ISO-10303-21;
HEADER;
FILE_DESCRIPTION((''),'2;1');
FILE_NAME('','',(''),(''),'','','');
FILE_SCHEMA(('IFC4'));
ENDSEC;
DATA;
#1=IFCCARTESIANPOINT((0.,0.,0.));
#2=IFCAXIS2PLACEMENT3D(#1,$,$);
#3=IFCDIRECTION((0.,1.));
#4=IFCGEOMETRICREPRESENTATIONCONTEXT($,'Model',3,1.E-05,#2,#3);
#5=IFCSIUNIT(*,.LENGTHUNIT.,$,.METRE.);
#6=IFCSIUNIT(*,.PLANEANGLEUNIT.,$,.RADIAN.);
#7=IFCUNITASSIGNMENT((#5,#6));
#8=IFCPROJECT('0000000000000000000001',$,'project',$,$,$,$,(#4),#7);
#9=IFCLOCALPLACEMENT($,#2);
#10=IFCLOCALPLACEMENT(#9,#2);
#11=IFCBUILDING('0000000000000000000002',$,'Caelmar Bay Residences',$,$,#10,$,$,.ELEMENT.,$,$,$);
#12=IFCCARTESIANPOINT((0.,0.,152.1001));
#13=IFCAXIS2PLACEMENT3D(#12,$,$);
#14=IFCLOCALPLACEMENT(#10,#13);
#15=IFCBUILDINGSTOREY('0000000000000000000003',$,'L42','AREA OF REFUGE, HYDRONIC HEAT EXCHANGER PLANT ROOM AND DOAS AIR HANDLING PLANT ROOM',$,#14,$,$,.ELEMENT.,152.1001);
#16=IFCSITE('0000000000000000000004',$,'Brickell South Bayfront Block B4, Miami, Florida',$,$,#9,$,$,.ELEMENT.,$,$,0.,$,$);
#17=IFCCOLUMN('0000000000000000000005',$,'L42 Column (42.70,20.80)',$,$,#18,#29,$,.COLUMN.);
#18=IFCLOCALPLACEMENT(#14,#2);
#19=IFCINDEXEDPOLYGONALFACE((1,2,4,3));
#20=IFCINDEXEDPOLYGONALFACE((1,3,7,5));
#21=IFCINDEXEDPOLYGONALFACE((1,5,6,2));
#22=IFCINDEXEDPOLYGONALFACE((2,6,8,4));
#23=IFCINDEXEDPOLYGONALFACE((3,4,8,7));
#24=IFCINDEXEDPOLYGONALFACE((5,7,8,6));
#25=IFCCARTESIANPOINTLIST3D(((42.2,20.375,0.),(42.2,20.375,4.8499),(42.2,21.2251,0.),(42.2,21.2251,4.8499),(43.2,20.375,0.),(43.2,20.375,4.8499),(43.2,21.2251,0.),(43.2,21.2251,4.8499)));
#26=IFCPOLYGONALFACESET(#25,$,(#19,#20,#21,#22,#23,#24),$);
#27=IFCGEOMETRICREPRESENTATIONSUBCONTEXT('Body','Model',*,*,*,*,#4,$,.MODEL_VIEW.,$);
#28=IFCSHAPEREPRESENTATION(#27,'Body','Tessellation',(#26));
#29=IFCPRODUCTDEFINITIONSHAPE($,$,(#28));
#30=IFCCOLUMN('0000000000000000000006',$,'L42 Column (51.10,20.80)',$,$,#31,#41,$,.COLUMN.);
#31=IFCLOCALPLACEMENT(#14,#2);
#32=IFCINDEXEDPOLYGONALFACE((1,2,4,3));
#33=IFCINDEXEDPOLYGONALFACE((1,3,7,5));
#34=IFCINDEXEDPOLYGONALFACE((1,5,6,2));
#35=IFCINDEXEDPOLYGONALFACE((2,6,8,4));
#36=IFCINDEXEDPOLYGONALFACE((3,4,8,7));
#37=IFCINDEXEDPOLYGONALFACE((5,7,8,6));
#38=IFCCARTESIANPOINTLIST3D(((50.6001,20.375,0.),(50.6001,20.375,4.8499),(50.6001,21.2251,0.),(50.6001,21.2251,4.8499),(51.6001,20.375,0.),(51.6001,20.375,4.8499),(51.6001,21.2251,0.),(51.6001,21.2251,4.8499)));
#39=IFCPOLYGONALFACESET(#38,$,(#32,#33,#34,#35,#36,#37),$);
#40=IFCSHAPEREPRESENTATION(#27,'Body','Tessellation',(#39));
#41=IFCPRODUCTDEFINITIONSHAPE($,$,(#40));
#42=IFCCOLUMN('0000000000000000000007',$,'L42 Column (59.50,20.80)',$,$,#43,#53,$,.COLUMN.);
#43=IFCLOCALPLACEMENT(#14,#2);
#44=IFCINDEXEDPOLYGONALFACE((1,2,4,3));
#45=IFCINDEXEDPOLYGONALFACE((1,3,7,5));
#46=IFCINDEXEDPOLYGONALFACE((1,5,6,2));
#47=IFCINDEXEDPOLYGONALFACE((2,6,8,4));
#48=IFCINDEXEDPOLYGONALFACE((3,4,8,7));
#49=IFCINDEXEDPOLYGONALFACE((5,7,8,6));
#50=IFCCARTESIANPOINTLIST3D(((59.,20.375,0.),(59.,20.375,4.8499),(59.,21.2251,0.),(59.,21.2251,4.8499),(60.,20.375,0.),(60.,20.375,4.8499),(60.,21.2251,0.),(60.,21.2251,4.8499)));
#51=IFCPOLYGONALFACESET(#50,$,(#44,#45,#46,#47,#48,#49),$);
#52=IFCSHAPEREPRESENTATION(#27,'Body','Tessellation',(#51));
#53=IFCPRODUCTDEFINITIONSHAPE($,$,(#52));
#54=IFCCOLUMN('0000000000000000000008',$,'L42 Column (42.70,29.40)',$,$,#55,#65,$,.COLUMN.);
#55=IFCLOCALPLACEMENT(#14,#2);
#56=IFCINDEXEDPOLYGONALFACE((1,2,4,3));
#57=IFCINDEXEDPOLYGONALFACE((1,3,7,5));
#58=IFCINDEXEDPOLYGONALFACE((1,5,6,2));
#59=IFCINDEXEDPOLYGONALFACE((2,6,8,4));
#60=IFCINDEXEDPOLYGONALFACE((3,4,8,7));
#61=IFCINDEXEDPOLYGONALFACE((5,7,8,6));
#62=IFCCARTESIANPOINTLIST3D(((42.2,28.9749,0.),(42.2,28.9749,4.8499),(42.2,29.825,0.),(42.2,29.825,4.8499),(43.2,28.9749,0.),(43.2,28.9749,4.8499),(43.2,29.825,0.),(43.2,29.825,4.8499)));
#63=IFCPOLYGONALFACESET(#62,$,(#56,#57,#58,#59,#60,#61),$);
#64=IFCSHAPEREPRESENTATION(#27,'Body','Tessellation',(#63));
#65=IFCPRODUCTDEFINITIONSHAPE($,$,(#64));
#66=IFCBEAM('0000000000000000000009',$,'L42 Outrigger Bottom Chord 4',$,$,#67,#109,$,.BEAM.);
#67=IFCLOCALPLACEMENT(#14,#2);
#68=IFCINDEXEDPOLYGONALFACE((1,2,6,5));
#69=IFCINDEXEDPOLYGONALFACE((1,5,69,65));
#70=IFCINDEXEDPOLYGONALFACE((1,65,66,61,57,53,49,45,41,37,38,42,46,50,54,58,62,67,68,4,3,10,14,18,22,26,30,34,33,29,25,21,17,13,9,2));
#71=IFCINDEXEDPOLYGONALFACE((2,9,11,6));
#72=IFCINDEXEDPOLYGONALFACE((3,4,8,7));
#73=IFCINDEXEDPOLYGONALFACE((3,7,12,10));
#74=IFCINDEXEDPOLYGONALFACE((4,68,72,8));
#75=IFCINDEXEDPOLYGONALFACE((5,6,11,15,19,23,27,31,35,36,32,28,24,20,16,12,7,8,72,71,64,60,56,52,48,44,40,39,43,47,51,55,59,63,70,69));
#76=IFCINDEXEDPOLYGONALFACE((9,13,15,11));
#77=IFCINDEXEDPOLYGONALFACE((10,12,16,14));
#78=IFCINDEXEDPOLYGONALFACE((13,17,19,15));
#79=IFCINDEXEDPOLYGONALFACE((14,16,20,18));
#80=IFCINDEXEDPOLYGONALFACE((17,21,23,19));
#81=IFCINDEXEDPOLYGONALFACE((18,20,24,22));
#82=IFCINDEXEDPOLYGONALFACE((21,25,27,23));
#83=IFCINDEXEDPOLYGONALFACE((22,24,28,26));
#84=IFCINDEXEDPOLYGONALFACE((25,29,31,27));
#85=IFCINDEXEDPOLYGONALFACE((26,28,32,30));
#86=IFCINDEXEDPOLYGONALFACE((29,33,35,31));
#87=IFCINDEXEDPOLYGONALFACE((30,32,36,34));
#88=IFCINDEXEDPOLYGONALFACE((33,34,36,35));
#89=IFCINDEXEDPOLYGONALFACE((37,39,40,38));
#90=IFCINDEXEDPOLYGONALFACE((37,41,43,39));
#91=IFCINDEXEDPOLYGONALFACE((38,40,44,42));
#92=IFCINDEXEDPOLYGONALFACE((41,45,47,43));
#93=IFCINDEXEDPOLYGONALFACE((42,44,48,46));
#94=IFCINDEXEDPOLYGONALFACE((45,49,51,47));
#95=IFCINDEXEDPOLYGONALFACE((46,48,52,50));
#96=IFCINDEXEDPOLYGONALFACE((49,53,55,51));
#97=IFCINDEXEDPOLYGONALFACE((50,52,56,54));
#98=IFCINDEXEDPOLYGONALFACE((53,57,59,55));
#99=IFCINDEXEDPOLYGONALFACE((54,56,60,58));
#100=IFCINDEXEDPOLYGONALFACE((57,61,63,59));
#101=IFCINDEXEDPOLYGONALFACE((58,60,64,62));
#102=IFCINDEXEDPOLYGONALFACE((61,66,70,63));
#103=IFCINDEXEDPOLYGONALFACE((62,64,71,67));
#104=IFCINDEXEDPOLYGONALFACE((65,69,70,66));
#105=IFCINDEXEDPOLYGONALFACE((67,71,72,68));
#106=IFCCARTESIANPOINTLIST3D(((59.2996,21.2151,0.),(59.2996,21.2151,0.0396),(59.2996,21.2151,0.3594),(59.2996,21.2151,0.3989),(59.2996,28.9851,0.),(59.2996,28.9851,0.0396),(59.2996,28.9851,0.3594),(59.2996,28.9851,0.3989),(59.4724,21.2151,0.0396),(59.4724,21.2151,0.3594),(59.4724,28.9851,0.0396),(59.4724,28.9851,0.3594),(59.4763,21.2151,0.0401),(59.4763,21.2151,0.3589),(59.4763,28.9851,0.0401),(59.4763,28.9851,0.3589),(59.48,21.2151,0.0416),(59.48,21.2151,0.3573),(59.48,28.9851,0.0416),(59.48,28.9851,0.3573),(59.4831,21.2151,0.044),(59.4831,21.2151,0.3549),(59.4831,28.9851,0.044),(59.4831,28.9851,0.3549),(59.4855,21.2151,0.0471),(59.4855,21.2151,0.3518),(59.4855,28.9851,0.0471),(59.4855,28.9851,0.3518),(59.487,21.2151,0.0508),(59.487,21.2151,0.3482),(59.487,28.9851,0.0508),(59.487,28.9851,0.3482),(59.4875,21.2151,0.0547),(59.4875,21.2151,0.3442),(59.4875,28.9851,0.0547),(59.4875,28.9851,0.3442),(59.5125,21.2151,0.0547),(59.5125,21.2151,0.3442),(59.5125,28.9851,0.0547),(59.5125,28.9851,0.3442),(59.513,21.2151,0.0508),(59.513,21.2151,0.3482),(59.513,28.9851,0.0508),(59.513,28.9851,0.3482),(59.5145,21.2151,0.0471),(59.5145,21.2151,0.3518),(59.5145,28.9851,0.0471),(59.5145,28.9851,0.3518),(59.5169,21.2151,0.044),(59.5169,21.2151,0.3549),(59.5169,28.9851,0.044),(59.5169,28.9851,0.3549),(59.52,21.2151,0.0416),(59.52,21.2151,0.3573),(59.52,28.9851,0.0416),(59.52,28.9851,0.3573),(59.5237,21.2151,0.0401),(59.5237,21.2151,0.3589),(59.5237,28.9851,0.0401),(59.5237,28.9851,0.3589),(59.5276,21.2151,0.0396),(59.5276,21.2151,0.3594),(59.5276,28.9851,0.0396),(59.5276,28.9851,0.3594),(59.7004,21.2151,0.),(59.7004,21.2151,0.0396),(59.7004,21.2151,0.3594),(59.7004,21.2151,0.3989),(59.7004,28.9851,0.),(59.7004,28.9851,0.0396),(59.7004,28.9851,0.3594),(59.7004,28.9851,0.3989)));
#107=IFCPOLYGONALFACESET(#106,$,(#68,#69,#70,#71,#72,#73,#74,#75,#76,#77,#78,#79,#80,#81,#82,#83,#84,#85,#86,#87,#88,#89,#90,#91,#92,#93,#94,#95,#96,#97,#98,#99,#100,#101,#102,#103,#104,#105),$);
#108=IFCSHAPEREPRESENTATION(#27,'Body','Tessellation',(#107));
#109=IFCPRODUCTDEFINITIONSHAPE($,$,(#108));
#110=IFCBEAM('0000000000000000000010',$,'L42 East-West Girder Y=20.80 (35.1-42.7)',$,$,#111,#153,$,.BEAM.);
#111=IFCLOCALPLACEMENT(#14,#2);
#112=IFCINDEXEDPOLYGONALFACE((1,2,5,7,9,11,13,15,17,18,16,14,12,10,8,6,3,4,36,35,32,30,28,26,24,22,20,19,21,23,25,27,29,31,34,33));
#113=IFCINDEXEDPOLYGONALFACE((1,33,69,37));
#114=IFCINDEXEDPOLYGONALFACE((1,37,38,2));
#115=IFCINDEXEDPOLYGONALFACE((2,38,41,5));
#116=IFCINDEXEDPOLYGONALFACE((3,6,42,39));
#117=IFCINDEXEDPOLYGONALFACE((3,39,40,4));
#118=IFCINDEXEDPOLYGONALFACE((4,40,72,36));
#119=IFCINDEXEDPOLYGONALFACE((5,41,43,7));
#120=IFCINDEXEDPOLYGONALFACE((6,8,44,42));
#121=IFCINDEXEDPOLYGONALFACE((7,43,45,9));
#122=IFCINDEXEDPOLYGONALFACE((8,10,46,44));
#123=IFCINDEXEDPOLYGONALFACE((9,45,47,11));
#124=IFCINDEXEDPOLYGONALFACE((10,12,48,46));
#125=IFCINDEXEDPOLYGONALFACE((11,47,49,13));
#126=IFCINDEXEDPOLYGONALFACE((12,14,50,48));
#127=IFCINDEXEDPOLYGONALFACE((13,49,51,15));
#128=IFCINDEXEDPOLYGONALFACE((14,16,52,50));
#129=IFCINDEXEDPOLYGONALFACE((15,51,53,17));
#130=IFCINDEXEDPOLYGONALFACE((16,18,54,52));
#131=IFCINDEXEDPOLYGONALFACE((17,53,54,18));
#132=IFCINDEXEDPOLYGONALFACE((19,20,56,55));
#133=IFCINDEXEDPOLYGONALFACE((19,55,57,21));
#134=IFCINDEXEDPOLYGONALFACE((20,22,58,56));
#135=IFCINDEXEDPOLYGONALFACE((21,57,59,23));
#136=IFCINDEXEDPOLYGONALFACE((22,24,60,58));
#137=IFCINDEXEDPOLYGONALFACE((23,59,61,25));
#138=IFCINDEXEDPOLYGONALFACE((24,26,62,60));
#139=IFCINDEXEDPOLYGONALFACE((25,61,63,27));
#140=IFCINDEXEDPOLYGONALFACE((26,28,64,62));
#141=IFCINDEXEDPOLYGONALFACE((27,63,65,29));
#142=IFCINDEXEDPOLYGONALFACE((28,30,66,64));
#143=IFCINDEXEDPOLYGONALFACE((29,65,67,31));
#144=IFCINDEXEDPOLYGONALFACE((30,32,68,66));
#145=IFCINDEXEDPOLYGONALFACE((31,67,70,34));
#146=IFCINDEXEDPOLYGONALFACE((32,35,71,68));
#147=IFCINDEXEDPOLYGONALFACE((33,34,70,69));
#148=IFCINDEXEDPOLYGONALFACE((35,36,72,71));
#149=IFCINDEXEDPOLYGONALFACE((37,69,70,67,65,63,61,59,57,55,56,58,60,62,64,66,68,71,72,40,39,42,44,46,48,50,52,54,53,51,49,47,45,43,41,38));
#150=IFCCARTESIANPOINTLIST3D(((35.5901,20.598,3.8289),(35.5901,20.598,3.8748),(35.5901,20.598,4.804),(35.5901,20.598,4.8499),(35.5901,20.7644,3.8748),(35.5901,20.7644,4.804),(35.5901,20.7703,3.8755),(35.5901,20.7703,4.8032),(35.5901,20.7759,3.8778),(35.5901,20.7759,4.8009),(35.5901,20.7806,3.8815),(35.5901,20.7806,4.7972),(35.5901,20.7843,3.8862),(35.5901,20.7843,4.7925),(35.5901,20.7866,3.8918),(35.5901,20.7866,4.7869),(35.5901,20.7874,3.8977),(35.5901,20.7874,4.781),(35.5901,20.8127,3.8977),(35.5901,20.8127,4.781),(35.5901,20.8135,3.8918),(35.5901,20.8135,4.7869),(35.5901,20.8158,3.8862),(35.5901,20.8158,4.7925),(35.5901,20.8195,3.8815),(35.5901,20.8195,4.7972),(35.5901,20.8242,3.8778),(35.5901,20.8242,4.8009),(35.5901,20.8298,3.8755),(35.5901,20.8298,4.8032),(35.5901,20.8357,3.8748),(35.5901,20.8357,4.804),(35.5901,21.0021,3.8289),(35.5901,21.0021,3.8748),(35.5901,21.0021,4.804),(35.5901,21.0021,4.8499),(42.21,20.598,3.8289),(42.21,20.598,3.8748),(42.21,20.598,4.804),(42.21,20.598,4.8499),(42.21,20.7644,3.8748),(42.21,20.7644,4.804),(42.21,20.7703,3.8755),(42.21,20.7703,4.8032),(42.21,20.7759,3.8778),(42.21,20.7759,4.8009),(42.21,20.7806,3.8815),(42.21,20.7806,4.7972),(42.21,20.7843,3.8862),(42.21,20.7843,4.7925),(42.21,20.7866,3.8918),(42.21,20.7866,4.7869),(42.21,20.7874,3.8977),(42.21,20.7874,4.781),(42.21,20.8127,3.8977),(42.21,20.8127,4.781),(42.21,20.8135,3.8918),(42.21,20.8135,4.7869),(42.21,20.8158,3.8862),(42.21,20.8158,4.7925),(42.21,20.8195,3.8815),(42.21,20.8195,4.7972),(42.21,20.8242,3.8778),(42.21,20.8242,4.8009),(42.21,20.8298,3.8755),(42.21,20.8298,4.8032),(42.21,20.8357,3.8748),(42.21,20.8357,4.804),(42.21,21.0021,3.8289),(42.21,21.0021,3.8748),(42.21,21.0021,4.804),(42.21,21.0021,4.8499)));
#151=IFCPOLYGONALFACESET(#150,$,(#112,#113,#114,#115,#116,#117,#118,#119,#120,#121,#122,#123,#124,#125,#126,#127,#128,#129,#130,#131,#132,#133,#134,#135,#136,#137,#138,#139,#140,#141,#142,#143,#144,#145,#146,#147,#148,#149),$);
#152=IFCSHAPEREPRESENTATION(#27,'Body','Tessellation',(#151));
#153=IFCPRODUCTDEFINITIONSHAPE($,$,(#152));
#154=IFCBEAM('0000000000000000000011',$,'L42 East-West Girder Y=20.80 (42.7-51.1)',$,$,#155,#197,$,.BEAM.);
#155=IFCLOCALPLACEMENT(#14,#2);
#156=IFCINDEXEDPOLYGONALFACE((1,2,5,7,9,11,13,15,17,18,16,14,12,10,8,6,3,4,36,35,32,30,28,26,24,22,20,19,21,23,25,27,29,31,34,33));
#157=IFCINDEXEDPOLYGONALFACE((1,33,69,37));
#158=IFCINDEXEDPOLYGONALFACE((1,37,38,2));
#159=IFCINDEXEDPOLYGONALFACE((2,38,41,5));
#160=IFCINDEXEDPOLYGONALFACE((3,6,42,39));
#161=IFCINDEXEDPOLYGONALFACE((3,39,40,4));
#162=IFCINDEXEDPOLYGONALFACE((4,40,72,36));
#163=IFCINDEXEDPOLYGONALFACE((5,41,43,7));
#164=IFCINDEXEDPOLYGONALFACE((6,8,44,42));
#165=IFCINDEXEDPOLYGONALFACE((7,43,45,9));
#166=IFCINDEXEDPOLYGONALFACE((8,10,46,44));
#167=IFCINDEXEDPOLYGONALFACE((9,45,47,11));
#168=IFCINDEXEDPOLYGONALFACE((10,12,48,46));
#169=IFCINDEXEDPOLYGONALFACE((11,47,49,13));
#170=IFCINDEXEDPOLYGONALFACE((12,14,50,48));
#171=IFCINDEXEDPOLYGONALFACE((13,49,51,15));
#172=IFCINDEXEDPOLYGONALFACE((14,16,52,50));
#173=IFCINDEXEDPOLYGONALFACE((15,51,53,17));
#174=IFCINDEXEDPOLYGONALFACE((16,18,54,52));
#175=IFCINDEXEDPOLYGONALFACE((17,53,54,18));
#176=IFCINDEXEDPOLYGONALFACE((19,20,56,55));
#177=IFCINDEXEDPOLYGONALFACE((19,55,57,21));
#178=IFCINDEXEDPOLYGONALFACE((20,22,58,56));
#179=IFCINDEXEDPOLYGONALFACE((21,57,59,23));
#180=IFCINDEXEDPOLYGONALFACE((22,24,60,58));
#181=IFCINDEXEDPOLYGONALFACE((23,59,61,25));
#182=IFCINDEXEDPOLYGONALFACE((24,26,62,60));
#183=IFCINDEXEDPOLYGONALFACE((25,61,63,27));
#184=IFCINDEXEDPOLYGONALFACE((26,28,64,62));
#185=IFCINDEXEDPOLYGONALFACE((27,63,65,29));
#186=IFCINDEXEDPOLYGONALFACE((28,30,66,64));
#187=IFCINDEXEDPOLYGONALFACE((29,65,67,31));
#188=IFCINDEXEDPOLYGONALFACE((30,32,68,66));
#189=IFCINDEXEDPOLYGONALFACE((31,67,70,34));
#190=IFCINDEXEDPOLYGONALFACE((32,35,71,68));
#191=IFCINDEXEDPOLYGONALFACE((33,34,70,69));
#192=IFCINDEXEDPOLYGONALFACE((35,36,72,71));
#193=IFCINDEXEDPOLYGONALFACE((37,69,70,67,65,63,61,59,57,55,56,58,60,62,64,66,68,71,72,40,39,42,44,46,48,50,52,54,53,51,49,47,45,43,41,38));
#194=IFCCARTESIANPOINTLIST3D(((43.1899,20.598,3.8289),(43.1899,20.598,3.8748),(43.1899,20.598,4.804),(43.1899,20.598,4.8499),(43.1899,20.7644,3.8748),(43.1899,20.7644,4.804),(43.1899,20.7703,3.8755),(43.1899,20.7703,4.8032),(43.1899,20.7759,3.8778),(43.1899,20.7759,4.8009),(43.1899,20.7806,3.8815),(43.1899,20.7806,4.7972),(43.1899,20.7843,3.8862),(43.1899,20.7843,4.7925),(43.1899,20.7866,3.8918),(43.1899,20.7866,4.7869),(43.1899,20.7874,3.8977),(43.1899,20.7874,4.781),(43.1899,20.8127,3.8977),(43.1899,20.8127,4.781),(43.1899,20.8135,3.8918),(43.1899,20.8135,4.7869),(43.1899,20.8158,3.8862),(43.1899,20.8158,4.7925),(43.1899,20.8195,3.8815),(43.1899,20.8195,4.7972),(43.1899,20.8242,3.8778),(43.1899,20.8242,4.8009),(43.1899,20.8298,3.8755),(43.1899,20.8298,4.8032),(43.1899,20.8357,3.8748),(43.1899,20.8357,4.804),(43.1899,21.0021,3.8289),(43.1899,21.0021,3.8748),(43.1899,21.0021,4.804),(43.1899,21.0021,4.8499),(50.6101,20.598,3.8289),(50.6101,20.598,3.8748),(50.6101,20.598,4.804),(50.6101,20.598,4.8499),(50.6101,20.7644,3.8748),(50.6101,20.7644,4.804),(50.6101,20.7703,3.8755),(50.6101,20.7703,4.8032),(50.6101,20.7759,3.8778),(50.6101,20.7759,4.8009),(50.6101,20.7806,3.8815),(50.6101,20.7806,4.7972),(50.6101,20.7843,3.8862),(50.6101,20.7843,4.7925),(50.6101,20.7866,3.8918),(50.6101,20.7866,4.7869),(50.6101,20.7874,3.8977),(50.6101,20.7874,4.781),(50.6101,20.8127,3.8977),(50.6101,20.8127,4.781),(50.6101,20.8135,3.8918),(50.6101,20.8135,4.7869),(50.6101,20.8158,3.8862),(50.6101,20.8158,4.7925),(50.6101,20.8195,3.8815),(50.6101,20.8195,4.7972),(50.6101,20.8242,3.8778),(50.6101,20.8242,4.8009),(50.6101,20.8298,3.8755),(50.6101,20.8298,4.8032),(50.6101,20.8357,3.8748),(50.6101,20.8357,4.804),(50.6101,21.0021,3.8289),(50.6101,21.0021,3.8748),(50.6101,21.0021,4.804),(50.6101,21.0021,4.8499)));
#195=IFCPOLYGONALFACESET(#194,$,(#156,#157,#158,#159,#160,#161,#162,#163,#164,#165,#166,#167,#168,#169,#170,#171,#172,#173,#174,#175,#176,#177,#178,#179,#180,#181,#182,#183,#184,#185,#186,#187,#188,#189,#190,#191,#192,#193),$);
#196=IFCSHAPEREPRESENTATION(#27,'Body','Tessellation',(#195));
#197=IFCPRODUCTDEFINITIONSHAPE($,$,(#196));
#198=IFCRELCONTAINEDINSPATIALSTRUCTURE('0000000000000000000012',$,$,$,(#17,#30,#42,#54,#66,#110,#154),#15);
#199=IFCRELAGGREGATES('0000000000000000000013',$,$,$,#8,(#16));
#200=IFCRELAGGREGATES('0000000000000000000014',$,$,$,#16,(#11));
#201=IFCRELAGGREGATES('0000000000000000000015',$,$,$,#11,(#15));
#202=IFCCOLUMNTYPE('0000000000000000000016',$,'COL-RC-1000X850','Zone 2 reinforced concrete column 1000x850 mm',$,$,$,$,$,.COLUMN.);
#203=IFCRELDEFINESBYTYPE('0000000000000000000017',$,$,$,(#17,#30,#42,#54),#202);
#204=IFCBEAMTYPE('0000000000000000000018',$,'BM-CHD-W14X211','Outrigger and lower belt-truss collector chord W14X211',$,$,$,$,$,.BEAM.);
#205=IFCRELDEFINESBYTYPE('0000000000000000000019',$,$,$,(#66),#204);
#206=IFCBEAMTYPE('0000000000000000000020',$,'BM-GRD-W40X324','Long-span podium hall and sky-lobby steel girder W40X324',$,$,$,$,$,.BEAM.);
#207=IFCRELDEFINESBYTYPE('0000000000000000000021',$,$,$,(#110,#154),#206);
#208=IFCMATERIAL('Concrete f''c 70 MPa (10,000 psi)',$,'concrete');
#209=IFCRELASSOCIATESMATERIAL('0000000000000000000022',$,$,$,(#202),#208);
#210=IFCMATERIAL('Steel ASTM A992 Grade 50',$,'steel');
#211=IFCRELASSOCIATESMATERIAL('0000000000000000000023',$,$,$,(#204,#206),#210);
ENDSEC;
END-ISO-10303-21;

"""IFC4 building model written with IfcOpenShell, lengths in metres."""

from ifc_helpers import new_model, si_unit, direction, frame, origin, origin_2d, place, context, subcontext, project, spatial, rectangle, i_section, extrude, material, material_profile, profile_set, type_object, element, save


model = new_model("IFC4")

# Units and contexts
model_context = context("Model", 3, precision=1e-05, world=origin(), true_north=direction((0.0, 1.0)))
body_context = subcontext(model_context, "Body", "Model", "MODEL_VIEW")
ifc_project = project(units=[si_unit("LENGTHUNIT", "METRE"), si_unit("PLANEANGLEUNIT", "RADIAN")], contexts=[model_context])

# Site, building, storey
site_placement = place(None, origin())
site = spatial("IfcSite", under=ifc_project, at=site_placement, Name="Brickell South Bayfront Block B4, Miami, Florida", CompositionType="ELEMENT", RefElevation=0.0)
building_placement = place(site_placement, origin())
building = spatial("IfcBuilding", under=site, at=building_placement, Name="Caelmar Bay Residences", CompositionType="ELEMENT")
storey_placement = place(building_placement, frame((0.0, 0.0, 152.1001)))
storey = spatial("IfcBuildingStorey", under=building, at=storey_placement, Name="L42", Description="AREA OF REFUGE, HYDRONIC HEAT EXCHANGER PLANT ROOM AND DOAS AIR HANDLING PLANT ROOM", CompositionType="ELEMENT", Elevation=152.1001)

# Columns
ifc_material_1 = material(Name="Concrete f'c 70 MPa (10,000 psi)", Category="concrete")
ifc_material_profile_1 = material_profile(ifc_material_1, rectangle(XDim=1.0, YDim=0.8501, at=origin_2d()), Name="RC-COL-1000X850")
ifc_profile_set_1 = profile_set([ifc_material_profile_1], Name="Concrete f'c 70 MPa (10,000 psi)")
column_type = type_object("IfcColumnType", Name="COL-RC-1000X850", Description="Zone 2 reinforced concrete column 1000x850 mm", PredefinedType="COLUMN", material=ifc_profile_set_1)
for number, where, z_axis, x_axis, name in (
    (1, (42.7, 20.8, 0.0), (0.0, 0.0, 1.0), (1.0, 0.0, 0.0), "L42 Column (42.70,20.80)"),
    (2, (51.1001, 20.8, 0.0), (0.0, 0.0, 1.0), (1.0, 0.0, 0.0), "L42 Column (51.10,20.80)"),
    (3, (59.5, 20.8, 0.0), (0.0, 0.0, 1.0), (1.0, 0.0, 0.0), "L42 Column (59.50,20.80)"),
    (4, (42.7, 29.3999, 0.0), (0.0, 0.0, 1.0), (1.0, 0.0, 0.0), "L42 Column (42.70,29.40)"),
):
    element("IfcColumn", number, at=place(storey_placement, frame(where, z_axis=z_axis, x_axis=x_axis)), inside=storey, type_object=column_type, Name=name, PredefinedType="COLUMN", context=body_context, shape_type="SweptSolid", body=[
        extrude(rectangle(XDim=1.0, YDim=0.8501, at=origin_2d()), origin(), (0.0, 0.0, 1.0), 4.8499),
    ])

# Beams
ifc_material_2 = material(Name="Steel ASTM A992 Grade 50", Category="steel")
ifc_material_profile_2 = material_profile(ifc_material_2, i_section(OverallWidth=0.4009, OverallDepth=0.3989, WebThickness=0.0249, FlangeThickness=0.0396, FilletRadius=0.0151, at=origin_2d()), Name="W14X211")
ifc_profile_set_2 = profile_set([ifc_material_profile_2], Name="Steel ASTM A992 Grade 50")
beam_type_1 = type_object("IfcBeamType", Name="BM-CHD-W14X211", Description="Outrigger and lower belt-truss collector chord W14X211", PredefinedType="BEAM", material=ifc_profile_set_2)
beam_1_placement = place(storey_placement, frame((59.5, 21.2151, 0.1995), z_axis=(0.0, 1.0, 0.0), x_axis=(-1.0, 0.0, 0.0)))
element("IfcBeam", 5, at=beam_1_placement, inside=storey, type_object=beam_type_1, Name="L42 Outrigger Bottom Chord 4", PredefinedType="BEAM", context=body_context, shape_type="SweptSolid", body=[
    extrude(i_section(OverallWidth=0.4009, OverallDepth=0.3989, WebThickness=0.0249, FlangeThickness=0.0396, FilletRadius=0.0151, at=origin_2d()), origin(), (0.0, 0.0, 1.0), 7.77),
])
ifc_material_profile_3 = material_profile(ifc_material_2, i_section(OverallWidth=0.4041, OverallDepth=1.021, WebThickness=0.0254, FlangeThickness=0.0459, FilletRadius=0.0229, at=origin_2d()), Name="W40X324")
ifc_profile_set_3 = profile_set([ifc_material_profile_3], Name="Steel ASTM A992 Grade 50")
beam_type_2 = type_object("IfcBeamType", Name="BM-GRD-W40X324", Description="Long-span podium hall and sky-lobby steel girder W40X324", PredefinedType="BEAM", material=ifc_profile_set_3)
beam_2_placement = place(storey_placement, frame((35.5901, 20.8, 4.3394), z_axis=(1.0, 0.0, 0.0), x_axis=(0.0, 1.0, 0.0)))
element("IfcBeam", 6, at=beam_2_placement, inside=storey, type_object=beam_type_2, Name="L42 East-West Girder Y=20.80 (35.1-42.7)", PredefinedType="BEAM", context=body_context, shape_type="SweptSolid", body=[
    extrude(i_section(OverallWidth=0.4041, OverallDepth=1.021, WebThickness=0.0254, FlangeThickness=0.0459, FilletRadius=0.0229, at=origin_2d()), origin(), (0.0, 0.0, 1.0), 6.6199),
])
beam_3_placement = place(storey_placement, frame((43.1899, 20.8, 4.3394), z_axis=(1.0, 0.0, 0.0), x_axis=(0.0, 1.0, 0.0)))
element("IfcBeam", 7, at=beam_3_placement, inside=storey, type_object=beam_type_2, Name="L42 East-West Girder Y=20.80 (42.7-51.1)", PredefinedType="BEAM", context=body_context, shape_type="SweptSolid", body=[
    extrude(i_section(OverallWidth=0.4041, OverallDepth=1.021, WebThickness=0.0254, FlangeThickness=0.0459, FilletRadius=0.0229, at=origin_2d()), origin(), (0.0, 0.0, 1.0), 7.4202),
])

save(model, "model.ifc")
